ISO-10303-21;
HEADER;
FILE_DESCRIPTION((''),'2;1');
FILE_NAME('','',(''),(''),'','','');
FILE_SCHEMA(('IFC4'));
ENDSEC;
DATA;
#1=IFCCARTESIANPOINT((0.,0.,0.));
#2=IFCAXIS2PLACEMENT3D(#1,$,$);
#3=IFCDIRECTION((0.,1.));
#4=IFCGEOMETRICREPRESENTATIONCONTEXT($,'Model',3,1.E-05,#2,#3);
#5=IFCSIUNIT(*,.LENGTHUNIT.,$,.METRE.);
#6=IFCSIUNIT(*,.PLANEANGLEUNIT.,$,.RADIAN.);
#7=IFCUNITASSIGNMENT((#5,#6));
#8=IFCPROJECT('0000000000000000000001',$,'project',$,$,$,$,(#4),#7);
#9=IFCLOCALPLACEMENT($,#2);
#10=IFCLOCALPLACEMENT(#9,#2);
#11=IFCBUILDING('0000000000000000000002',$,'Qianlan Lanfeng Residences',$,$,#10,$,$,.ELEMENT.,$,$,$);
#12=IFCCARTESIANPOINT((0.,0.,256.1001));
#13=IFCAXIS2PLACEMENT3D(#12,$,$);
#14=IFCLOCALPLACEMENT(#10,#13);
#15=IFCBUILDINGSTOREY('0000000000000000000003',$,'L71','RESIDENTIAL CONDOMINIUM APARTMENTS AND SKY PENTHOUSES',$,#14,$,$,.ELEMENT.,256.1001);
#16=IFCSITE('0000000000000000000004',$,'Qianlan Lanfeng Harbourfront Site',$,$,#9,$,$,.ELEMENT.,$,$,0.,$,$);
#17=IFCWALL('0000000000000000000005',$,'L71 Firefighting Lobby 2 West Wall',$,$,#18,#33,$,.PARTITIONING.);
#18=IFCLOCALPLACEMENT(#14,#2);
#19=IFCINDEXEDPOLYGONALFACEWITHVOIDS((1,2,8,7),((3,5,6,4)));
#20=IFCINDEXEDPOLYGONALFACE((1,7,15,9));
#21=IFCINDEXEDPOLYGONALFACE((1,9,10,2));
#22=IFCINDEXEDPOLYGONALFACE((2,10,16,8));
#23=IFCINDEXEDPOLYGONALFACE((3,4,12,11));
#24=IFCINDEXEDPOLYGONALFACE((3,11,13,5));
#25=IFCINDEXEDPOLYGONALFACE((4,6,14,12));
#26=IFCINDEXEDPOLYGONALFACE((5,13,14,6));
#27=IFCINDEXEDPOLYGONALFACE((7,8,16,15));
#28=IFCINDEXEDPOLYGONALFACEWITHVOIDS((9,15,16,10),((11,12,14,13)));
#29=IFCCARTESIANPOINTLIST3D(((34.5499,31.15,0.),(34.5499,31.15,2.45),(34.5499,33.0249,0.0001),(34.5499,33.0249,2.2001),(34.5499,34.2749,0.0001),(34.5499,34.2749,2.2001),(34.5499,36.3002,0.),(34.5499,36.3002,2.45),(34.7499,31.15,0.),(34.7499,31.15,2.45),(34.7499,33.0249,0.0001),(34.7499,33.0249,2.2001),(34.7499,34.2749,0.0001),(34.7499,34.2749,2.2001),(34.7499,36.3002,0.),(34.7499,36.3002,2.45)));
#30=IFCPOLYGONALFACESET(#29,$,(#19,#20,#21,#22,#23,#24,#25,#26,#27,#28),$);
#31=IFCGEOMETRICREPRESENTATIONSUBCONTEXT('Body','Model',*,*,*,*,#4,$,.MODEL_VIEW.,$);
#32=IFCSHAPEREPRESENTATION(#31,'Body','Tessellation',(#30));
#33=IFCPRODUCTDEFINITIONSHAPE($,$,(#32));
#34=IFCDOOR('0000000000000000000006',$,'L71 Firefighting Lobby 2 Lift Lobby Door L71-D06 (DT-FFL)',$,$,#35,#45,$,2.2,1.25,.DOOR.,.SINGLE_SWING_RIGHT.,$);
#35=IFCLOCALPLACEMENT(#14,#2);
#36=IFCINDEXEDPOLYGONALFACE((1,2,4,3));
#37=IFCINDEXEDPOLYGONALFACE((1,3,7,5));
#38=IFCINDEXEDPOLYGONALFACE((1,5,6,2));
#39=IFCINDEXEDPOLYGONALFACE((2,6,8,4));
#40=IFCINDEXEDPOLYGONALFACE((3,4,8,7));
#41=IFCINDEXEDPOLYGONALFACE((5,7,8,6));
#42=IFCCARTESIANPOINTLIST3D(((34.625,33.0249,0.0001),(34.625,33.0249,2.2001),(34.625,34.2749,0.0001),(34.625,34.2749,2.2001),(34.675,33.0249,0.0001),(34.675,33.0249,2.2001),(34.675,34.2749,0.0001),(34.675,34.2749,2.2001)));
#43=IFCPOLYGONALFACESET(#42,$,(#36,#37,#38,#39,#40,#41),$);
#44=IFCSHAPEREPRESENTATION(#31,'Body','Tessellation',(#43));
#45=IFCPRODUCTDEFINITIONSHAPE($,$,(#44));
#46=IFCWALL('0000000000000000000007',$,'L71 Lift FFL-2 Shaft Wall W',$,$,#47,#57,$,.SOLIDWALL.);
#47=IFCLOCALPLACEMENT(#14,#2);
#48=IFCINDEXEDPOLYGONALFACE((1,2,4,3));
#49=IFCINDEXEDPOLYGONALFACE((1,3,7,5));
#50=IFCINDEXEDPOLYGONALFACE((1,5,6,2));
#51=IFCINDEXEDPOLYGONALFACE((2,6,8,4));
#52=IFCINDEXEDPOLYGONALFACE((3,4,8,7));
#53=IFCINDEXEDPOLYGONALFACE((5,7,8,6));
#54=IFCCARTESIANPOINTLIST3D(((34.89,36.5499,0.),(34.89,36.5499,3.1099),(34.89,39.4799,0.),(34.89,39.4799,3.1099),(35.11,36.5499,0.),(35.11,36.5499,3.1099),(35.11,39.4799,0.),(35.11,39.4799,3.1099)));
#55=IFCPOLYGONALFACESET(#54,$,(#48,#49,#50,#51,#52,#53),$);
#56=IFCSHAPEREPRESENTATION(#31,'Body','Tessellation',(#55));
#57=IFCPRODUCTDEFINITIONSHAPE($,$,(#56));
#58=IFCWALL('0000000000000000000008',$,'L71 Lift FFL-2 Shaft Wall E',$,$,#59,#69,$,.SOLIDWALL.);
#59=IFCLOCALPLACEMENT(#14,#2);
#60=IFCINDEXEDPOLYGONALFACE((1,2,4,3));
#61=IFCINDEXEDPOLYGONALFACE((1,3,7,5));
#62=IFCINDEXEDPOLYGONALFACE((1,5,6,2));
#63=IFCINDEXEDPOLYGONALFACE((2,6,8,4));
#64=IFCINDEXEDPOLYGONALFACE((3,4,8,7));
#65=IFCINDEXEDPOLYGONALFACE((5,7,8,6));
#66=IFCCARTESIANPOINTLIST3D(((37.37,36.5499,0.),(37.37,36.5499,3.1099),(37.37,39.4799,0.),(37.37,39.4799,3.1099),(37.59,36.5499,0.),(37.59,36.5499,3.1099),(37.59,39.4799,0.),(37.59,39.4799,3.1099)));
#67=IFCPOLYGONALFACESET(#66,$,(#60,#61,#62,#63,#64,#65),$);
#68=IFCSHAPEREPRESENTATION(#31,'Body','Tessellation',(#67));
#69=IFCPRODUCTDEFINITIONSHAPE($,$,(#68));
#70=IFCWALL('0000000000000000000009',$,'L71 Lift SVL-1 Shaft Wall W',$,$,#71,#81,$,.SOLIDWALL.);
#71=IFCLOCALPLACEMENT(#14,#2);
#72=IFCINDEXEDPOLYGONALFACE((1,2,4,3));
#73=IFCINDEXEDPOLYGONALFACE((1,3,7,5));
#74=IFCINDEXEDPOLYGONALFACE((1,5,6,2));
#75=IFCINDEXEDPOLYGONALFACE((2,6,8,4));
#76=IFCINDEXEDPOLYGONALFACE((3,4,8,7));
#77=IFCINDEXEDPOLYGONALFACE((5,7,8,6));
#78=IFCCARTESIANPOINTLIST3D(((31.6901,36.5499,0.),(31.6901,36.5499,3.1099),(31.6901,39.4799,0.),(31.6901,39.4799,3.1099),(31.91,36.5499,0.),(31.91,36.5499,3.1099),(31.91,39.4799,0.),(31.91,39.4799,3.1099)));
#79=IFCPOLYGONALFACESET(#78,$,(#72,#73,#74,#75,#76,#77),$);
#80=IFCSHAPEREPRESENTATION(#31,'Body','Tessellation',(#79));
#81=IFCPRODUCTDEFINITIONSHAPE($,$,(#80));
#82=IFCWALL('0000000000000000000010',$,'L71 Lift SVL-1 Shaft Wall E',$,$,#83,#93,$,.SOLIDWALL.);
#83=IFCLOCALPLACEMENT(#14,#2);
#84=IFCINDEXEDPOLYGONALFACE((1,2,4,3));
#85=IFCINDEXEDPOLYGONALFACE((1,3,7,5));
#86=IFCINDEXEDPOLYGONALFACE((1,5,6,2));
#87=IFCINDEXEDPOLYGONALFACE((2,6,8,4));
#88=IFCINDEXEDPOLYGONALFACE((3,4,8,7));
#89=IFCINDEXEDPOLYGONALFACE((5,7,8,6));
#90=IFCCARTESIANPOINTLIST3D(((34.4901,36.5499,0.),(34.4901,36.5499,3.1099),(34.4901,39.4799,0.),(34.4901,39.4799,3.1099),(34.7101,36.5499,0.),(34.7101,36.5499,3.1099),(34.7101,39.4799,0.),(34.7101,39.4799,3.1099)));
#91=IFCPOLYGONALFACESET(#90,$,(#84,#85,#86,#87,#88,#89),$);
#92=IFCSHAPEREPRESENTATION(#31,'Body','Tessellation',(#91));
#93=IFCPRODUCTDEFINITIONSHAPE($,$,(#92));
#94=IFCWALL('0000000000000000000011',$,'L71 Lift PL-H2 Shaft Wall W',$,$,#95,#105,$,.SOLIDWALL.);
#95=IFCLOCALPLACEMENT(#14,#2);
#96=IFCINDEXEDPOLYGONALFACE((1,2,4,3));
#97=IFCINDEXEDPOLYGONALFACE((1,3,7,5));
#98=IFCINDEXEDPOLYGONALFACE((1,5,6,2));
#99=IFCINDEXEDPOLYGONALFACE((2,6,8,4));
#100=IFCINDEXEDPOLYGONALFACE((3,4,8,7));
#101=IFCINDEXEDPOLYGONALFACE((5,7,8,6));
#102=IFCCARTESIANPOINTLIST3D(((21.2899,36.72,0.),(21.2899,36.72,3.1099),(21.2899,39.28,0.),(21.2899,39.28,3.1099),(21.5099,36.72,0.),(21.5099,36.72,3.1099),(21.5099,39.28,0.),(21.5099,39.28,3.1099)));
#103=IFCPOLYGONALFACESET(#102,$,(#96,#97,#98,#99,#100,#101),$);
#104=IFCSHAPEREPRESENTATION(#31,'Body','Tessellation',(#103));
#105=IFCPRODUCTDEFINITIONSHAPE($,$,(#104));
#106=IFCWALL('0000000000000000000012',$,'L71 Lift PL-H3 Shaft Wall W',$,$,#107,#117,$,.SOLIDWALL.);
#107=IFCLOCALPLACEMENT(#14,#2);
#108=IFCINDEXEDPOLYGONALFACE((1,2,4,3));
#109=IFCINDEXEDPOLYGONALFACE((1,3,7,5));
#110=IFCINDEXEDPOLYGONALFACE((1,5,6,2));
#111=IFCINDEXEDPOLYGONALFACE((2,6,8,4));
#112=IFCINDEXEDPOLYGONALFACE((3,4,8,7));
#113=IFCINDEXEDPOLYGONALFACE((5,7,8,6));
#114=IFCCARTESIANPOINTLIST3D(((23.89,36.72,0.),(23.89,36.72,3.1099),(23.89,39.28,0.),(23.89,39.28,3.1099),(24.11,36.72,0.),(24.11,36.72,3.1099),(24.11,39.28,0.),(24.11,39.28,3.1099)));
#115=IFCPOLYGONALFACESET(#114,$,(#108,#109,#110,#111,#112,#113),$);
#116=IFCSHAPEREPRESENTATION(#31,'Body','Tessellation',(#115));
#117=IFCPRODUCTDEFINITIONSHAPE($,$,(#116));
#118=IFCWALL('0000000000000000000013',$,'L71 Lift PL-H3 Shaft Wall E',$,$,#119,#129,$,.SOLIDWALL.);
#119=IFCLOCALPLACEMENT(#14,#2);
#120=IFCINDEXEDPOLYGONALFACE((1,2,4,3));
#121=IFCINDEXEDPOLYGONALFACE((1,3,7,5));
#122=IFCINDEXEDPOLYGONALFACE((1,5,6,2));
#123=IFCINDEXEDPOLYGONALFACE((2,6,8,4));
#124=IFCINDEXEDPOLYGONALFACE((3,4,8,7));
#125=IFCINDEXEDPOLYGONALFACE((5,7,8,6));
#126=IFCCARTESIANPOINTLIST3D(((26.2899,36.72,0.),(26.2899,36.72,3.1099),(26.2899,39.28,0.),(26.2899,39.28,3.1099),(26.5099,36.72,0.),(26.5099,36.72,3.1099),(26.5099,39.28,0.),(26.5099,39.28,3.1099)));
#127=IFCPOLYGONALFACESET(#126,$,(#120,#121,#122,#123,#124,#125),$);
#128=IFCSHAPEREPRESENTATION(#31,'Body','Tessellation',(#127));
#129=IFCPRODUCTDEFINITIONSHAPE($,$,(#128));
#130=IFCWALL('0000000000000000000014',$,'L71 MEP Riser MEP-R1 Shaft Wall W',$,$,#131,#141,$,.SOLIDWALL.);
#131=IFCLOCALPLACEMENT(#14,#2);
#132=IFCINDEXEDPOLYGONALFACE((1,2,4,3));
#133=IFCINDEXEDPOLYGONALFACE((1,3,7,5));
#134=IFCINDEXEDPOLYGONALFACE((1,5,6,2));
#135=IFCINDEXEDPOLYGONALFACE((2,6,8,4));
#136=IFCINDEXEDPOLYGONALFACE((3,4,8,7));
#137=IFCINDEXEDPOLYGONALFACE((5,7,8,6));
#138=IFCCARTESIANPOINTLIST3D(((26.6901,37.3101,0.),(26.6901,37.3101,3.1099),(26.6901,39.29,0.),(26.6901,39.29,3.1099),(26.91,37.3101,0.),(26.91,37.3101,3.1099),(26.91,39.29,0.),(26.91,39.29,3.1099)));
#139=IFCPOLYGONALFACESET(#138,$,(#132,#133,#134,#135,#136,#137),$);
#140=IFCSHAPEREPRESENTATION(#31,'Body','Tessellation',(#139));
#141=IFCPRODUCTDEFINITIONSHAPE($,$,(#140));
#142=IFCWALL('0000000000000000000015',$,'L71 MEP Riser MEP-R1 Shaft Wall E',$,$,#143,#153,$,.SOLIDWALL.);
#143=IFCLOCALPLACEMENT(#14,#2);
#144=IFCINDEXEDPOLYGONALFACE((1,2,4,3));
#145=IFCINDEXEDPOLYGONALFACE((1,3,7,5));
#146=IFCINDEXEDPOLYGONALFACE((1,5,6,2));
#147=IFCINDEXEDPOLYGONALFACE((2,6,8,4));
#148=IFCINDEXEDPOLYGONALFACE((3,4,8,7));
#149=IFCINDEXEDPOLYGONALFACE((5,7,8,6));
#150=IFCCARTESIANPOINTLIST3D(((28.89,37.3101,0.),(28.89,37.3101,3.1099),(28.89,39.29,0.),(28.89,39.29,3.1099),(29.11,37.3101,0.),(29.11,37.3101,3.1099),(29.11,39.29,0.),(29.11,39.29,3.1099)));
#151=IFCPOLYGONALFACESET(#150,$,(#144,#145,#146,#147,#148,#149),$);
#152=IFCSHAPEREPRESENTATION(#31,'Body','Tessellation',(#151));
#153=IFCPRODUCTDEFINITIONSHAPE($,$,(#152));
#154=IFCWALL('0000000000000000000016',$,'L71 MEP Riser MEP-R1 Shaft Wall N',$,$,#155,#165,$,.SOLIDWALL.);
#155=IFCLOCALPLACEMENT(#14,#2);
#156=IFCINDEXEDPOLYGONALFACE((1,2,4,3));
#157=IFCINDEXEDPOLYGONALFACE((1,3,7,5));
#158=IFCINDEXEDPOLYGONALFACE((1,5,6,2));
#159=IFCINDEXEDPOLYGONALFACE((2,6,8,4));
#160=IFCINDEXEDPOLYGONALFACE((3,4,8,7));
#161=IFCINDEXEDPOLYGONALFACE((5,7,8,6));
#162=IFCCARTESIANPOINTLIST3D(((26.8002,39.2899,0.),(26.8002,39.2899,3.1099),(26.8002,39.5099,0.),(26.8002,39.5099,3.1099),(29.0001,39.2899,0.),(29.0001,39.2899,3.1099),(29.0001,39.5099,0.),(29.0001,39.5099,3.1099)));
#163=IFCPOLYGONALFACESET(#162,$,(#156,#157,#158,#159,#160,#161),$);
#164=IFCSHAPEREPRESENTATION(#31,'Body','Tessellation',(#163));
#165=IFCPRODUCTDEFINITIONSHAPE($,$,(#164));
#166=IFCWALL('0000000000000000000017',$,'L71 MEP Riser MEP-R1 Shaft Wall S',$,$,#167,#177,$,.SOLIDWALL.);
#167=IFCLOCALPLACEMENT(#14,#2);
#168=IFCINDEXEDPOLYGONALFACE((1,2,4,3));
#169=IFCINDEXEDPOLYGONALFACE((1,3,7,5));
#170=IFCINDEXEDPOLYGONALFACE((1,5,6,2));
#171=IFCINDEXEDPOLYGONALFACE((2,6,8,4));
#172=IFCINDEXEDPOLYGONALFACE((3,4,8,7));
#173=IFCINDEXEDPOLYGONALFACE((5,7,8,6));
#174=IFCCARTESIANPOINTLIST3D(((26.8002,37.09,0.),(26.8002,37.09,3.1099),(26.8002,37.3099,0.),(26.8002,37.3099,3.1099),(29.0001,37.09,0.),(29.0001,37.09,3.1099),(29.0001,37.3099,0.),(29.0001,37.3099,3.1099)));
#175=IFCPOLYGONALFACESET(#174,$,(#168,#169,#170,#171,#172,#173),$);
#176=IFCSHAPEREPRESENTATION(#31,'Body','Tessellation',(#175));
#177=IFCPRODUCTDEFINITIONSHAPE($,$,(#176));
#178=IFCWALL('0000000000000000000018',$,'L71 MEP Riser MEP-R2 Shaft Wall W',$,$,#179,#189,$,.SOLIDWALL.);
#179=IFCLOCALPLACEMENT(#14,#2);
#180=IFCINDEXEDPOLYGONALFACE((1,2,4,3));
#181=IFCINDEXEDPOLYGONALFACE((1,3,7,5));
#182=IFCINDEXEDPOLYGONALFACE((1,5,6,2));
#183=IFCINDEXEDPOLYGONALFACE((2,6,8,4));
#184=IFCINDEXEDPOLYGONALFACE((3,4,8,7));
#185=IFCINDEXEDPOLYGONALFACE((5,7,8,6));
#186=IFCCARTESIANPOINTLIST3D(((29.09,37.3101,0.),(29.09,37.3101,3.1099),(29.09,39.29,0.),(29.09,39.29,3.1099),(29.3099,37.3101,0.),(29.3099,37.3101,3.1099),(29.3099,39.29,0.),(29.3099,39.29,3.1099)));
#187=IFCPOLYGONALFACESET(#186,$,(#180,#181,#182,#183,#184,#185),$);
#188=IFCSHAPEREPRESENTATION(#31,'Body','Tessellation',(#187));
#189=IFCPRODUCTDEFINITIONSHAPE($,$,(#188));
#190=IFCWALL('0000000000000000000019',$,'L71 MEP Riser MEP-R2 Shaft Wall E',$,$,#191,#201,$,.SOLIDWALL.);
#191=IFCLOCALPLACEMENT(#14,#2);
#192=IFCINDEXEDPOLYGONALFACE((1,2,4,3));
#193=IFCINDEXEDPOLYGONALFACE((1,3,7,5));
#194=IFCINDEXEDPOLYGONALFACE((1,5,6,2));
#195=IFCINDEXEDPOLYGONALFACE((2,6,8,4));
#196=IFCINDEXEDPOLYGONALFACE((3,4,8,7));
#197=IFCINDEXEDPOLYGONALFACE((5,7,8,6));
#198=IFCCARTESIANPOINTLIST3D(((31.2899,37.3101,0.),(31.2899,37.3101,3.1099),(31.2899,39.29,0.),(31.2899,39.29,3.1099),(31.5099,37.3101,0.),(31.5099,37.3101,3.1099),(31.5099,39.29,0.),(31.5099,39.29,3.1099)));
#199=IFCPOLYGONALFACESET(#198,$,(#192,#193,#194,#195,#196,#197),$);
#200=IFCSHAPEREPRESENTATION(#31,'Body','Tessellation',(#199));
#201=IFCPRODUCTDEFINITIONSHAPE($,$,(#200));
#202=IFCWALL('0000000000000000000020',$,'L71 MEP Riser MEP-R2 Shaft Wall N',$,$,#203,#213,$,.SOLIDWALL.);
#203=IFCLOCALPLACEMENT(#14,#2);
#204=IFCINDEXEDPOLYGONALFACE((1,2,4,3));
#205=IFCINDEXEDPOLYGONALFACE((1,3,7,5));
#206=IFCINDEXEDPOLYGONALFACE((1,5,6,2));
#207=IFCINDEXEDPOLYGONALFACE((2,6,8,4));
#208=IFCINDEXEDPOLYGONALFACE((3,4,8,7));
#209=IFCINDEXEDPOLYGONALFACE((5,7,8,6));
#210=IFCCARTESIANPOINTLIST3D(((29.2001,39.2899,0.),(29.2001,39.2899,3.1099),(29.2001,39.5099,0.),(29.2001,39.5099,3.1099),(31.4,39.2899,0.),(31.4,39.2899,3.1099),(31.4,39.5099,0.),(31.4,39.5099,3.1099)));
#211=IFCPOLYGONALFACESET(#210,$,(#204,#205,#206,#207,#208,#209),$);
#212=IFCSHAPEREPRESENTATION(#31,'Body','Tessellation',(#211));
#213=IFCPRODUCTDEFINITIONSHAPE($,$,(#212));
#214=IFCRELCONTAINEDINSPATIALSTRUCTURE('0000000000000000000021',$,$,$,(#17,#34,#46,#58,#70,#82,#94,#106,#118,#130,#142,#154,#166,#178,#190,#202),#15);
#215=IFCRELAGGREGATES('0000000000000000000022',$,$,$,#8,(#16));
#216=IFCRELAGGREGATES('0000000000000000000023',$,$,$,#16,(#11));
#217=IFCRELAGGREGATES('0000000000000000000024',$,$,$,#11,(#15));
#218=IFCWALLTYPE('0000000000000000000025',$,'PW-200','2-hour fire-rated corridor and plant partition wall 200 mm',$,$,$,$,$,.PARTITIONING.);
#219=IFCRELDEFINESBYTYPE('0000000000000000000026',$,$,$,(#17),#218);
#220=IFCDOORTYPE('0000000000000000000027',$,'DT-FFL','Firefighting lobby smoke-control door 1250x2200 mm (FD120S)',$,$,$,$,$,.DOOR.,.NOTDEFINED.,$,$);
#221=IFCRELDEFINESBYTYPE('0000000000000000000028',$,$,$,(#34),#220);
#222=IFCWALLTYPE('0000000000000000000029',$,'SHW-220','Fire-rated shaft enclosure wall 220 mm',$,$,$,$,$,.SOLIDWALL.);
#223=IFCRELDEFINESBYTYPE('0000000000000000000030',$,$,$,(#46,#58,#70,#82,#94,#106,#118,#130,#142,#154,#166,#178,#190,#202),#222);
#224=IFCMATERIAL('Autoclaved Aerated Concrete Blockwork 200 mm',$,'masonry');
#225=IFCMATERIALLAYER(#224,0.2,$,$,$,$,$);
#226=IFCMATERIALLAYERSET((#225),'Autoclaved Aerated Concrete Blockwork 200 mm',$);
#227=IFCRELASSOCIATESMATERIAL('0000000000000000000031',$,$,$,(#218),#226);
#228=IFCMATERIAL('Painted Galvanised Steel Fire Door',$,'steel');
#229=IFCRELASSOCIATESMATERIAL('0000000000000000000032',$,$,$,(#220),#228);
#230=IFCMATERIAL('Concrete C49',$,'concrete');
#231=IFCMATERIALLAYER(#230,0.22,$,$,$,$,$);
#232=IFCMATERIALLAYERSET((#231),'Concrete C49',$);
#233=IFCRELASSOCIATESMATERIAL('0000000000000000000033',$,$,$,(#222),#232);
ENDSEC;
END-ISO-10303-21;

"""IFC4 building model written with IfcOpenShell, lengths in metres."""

from ifc_helpers import new_model, si_unit, direction, frame, frame_2d, origin, place, context, subcontext, project, spatial, rectangle, extrude, material, layer, layer_set, type_object, element, fill, save


model = new_model("IFC4")

# Units and contexts
model_context = context("Model", 3, precision=1e-05, world=origin(), true_north=direction((0.0, 1.0)))
body_context = subcontext(model_context, "Body", "Model", "MODEL_VIEW")
ifc_project = project(units=[si_unit("LENGTHUNIT", "METRE"), si_unit("PLANEANGLEUNIT", "RADIAN")], contexts=[model_context])

# Site, building, storey
site_placement = place(None, origin())
site = spatial("IfcSite", under=ifc_project, at=site_placement, Name="Qianlan Lanfeng Harbourfront Site", CompositionType="ELEMENT", RefElevation=0.0)
building_placement = place(site_placement, origin())
building = spatial("IfcBuilding", under=site, at=building_placement, Name="Qianlan Lanfeng Residences", CompositionType="ELEMENT")
storey_placement = place(building_placement, frame((0.0, 0.0, 256.1001)))
storey = spatial("IfcBuildingStorey", under=building, at=storey_placement, Name="L71", Description="RESIDENTIAL CONDOMINIUM APARTMENTS AND SKY PENTHOUSES", CompositionType="ELEMENT", Elevation=256.1001)

# Wall, opening, door
ifc_material_1 = material(Name="Autoclaved Aerated Concrete Blockwork 200 mm", Category="masonry")
ifc_layer_1 = layer(ifc_material_1, 0.2)
ifc_layer_set_1 = layer_set([ifc_layer_1], Name="Autoclaved Aerated Concrete Blockwork 200 mm")
wall_type_1 = type_object("IfcWallType", Name="PW-200", Description="2-hour fire-rated corridor and plant partition wall 200 mm", PredefinedType="PARTITIONING", material=ifc_layer_set_1)
wall_placement = place(storey_placement, frame((34.6499, 31.1499, 0.0), z_axis=(0.0, 0.0, 1.0), x_axis=(0.0, 1.0, 0.0)))
wall = element("IfcWall", 1, at=wall_placement, inside=storey, type_object=wall_type_1, Name="L71 Firefighting Lobby 2 West Wall", PredefinedType="PARTITIONING", context=body_context, shape_type="SweptSolid", body=[
    extrude(rectangle(XDim=5.1501, YDim=0.2, at=frame_2d((2.5752, 0.0))), origin(), (0.0, 0.0, 1.0), 2.45),
])
opening_placement = place(wall_placement, frame((1.875, 0.0, 0.0)))
opening = element("IfcOpeningElement", 2, at=opening_placement, cuts=wall, PredefinedType="OPENING", context=body_context, shape_type="SweptSolid", body=[
    extrude(rectangle(XDim=1.25, YDim=2.2, at=frame_2d((0.625, 1.1001))), frame((0.0, 0.1099, 0.0), z_axis=(0.0, -1.0, 0.0), x_axis=(1.0, 0.0, 0.0)), (0.0, 0.0, 1.0), 0.22),
])
ifc_material_2 = material(Name="Painted Galvanised Steel Fire Door", Category="steel")
door_type = type_object("IfcDoorType", Name="DT-FFL", Description="Firefighting lobby smoke-control door 1250x2200 mm (FD120S)", OperationType="NOTDEFINED", PredefinedType="DOOR", material=ifc_material_2)
door_placement = place(opening_placement, origin())
door = element("IfcDoor", 3, at=door_placement, inside=storey, type_object=door_type, Name="L71 Firefighting Lobby 2 Lift Lobby Door L71-D06 (DT-FFL)", OperationType="SINGLE_SWING_RIGHT", OverallHeight=2.2, OverallWidth=1.25, PredefinedType="DOOR", context=body_context, shape_type="SweptSolid", body=[
    extrude(rectangle(XDim=1.25, YDim=2.2, at=frame_2d((0.625, 1.1001))), frame((0.0, 0.0249, 0.0), z_axis=(0.0, -1.0, 0.0), x_axis=(1.0, 0.0, 0.0)), (0.0, 0.0, 1.0), 0.05),
])
fill(opening, door)

# Walls
ifc_material_3 = material(Name="Concrete C49", Category="concrete")
ifc_layer_2 = layer(ifc_material_3, 0.22)
ifc_layer_set_2 = layer_set([ifc_layer_2], Name="Concrete C49")
wall_type_2 = type_object("IfcWallType", Name="SHW-220", Description="Fire-rated shaft enclosure wall 220 mm", PredefinedType="SOLIDWALL", material=ifc_layer_set_2)
for number, where, z_axis, x_axis, name in (
    (4, (35.0, 36.55, 0.0), (0.0, 0.0, 1.0), (0.0, 1.0, 0.0), "L71 Lift FFL-2 Shaft Wall W"),
    (5, (37.48, 36.55, 0.0), (0.0, 0.0, 1.0), (0.0, 1.0, 0.0), "L71 Lift FFL-2 Shaft Wall E"),
    (6, (31.8, 36.55, 0.0), (0.0, 0.0, 1.0), (0.0, 1.0, 0.0), "L71 Lift SVL-1 Shaft Wall W"),
    (7, (34.6001, 36.55, 0.0), (0.0, 0.0, 1.0), (0.0, 1.0, 0.0), "L71 Lift SVL-1 Shaft Wall E"),
):
    element("IfcWall", number, at=place(storey_placement, frame(where, z_axis=z_axis, x_axis=x_axis)), inside=storey, type_object=wall_type_2, Name=name, PredefinedType="SOLIDWALL", context=body_context, shape_type="SweptSolid", body=[
        extrude(rectangle(XDim=2.9299, YDim=0.22, at=frame_2d((1.4648, 0.0))), origin(), (0.0, 0.0, 1.0), 3.1099),
    ])
for number, where, z_axis, x_axis, name in (
    (8, (21.3999, 36.72, 0.0), (0.0, 0.0, 1.0), (0.0, 1.0, 0.0), "L71 Lift PL-H2 Shaft Wall W"),
    (9, (24.0, 36.72, 0.0), (0.0, 0.0, 1.0), (0.0, 1.0, 0.0), "L71 Lift PL-H3 Shaft Wall W"),
    (10, (26.3999, 36.72, 0.0), (0.0, 0.0, 1.0), (0.0, 1.0, 0.0), "L71 Lift PL-H3 Shaft Wall E"),
):
    element("IfcWall", number, at=place(storey_placement, frame(where, z_axis=z_axis, x_axis=x_axis)), inside=storey, type_object=wall_type_2, Name=name, PredefinedType="SOLIDWALL", context=body_context, shape_type="SweptSolid", body=[
        extrude(rectangle(XDim=2.5601, YDim=0.22, at=frame_2d((1.28, 0.0))), origin(), (0.0, 0.0, 1.0), 3.1099),
    ])
for number, where, z_axis, x_axis, name in (
    (11, (26.8, 37.3101, 0.0), (0.0, 0.0, 1.0), (0.0, 1.0, 0.0), "L71 MEP Riser MEP-R1 Shaft Wall W"),
    (12, (29.0, 37.3101, 0.0), (0.0, 0.0, 1.0), (0.0, 1.0, 0.0), "L71 MEP Riser MEP-R1 Shaft Wall E"),
):
    element("IfcWall", number, at=place(storey_placement, frame(where, z_axis=z_axis, x_axis=x_axis)), inside=storey, type_object=wall_type_2, Name=name, PredefinedType="SOLIDWALL", context=body_context, shape_type="SweptSolid", body=[
        extrude(rectangle(XDim=1.98, YDim=0.22, at=frame_2d((0.99, 0.0))), origin(), (0.0, 0.0, 1.0), 3.1099),
    ])
for number, where, z_axis, x_axis, name in (
    (13, (26.8, 39.3999, 0.0), (0.0, 0.0, 1.0), (1.0, 0.0, 0.0), "L71 MEP Riser MEP-R1 Shaft Wall N"),
    (14, (26.8, 37.2, 0.0), (0.0, 0.0, 1.0), (1.0, 0.0, 0.0), "L71 MEP Riser MEP-R1 Shaft Wall S"),
):
    element("IfcWall", number, at=place(storey_placement, frame(where, z_axis=z_axis, x_axis=x_axis)), inside=storey, type_object=wall_type_2, Name=name, PredefinedType="SOLIDWALL", context=body_context, shape_type="SweptSolid", body=[
        extrude(rectangle(XDim=2.2, YDim=0.22, at=frame_2d((1.1001, 0.0))), origin(), (0.0, 0.0, 1.0), 3.1099),
    ])
for number, where, z_axis, x_axis, name in (
    (15, (29.2, 37.3101, 0.0), (0.0, 0.0, 1.0), (0.0, 1.0, 0.0), "L71 MEP Riser MEP-R2 Shaft Wall W"),
    (16, (31.3999, 37.3101, 0.0), (0.0, 0.0, 1.0), (0.0, 1.0, 0.0), "L71 MEP Riser MEP-R2 Shaft Wall E"),
):
    element("IfcWall", number, at=place(storey_placement, frame(where, z_axis=z_axis, x_axis=x_axis)), inside=storey, type_object=wall_type_2, Name=name, PredefinedType="SOLIDWALL", context=body_context, shape_type="SweptSolid", body=[
        extrude(rectangle(XDim=1.98, YDim=0.22, at=frame_2d((0.99, 0.0))), origin(), (0.0, 0.0, 1.0), 3.1099),
    ])
for number, where, z_axis, x_axis, name in (
    (17, (29.2, 39.3999, 0.0), (0.0, 0.0, 1.0), (1.0, 0.0, 0.0), "L71 MEP Riser MEP-R2 Shaft Wall N"),
):
    element("IfcWall", number, at=place(storey_placement, frame(where, z_axis=z_axis, x_axis=x_axis)), inside=storey, type_object=wall_type_2, Name=name, PredefinedType="SOLIDWALL", context=body_context, shape_type="SweptSolid", body=[
        extrude(rectangle(XDim=2.2, YDim=0.22, at=frame_2d((1.1001, 0.0))), origin(), (0.0, 0.0, 1.0), 3.1099),
    ])

save(model, "model.ifc")
